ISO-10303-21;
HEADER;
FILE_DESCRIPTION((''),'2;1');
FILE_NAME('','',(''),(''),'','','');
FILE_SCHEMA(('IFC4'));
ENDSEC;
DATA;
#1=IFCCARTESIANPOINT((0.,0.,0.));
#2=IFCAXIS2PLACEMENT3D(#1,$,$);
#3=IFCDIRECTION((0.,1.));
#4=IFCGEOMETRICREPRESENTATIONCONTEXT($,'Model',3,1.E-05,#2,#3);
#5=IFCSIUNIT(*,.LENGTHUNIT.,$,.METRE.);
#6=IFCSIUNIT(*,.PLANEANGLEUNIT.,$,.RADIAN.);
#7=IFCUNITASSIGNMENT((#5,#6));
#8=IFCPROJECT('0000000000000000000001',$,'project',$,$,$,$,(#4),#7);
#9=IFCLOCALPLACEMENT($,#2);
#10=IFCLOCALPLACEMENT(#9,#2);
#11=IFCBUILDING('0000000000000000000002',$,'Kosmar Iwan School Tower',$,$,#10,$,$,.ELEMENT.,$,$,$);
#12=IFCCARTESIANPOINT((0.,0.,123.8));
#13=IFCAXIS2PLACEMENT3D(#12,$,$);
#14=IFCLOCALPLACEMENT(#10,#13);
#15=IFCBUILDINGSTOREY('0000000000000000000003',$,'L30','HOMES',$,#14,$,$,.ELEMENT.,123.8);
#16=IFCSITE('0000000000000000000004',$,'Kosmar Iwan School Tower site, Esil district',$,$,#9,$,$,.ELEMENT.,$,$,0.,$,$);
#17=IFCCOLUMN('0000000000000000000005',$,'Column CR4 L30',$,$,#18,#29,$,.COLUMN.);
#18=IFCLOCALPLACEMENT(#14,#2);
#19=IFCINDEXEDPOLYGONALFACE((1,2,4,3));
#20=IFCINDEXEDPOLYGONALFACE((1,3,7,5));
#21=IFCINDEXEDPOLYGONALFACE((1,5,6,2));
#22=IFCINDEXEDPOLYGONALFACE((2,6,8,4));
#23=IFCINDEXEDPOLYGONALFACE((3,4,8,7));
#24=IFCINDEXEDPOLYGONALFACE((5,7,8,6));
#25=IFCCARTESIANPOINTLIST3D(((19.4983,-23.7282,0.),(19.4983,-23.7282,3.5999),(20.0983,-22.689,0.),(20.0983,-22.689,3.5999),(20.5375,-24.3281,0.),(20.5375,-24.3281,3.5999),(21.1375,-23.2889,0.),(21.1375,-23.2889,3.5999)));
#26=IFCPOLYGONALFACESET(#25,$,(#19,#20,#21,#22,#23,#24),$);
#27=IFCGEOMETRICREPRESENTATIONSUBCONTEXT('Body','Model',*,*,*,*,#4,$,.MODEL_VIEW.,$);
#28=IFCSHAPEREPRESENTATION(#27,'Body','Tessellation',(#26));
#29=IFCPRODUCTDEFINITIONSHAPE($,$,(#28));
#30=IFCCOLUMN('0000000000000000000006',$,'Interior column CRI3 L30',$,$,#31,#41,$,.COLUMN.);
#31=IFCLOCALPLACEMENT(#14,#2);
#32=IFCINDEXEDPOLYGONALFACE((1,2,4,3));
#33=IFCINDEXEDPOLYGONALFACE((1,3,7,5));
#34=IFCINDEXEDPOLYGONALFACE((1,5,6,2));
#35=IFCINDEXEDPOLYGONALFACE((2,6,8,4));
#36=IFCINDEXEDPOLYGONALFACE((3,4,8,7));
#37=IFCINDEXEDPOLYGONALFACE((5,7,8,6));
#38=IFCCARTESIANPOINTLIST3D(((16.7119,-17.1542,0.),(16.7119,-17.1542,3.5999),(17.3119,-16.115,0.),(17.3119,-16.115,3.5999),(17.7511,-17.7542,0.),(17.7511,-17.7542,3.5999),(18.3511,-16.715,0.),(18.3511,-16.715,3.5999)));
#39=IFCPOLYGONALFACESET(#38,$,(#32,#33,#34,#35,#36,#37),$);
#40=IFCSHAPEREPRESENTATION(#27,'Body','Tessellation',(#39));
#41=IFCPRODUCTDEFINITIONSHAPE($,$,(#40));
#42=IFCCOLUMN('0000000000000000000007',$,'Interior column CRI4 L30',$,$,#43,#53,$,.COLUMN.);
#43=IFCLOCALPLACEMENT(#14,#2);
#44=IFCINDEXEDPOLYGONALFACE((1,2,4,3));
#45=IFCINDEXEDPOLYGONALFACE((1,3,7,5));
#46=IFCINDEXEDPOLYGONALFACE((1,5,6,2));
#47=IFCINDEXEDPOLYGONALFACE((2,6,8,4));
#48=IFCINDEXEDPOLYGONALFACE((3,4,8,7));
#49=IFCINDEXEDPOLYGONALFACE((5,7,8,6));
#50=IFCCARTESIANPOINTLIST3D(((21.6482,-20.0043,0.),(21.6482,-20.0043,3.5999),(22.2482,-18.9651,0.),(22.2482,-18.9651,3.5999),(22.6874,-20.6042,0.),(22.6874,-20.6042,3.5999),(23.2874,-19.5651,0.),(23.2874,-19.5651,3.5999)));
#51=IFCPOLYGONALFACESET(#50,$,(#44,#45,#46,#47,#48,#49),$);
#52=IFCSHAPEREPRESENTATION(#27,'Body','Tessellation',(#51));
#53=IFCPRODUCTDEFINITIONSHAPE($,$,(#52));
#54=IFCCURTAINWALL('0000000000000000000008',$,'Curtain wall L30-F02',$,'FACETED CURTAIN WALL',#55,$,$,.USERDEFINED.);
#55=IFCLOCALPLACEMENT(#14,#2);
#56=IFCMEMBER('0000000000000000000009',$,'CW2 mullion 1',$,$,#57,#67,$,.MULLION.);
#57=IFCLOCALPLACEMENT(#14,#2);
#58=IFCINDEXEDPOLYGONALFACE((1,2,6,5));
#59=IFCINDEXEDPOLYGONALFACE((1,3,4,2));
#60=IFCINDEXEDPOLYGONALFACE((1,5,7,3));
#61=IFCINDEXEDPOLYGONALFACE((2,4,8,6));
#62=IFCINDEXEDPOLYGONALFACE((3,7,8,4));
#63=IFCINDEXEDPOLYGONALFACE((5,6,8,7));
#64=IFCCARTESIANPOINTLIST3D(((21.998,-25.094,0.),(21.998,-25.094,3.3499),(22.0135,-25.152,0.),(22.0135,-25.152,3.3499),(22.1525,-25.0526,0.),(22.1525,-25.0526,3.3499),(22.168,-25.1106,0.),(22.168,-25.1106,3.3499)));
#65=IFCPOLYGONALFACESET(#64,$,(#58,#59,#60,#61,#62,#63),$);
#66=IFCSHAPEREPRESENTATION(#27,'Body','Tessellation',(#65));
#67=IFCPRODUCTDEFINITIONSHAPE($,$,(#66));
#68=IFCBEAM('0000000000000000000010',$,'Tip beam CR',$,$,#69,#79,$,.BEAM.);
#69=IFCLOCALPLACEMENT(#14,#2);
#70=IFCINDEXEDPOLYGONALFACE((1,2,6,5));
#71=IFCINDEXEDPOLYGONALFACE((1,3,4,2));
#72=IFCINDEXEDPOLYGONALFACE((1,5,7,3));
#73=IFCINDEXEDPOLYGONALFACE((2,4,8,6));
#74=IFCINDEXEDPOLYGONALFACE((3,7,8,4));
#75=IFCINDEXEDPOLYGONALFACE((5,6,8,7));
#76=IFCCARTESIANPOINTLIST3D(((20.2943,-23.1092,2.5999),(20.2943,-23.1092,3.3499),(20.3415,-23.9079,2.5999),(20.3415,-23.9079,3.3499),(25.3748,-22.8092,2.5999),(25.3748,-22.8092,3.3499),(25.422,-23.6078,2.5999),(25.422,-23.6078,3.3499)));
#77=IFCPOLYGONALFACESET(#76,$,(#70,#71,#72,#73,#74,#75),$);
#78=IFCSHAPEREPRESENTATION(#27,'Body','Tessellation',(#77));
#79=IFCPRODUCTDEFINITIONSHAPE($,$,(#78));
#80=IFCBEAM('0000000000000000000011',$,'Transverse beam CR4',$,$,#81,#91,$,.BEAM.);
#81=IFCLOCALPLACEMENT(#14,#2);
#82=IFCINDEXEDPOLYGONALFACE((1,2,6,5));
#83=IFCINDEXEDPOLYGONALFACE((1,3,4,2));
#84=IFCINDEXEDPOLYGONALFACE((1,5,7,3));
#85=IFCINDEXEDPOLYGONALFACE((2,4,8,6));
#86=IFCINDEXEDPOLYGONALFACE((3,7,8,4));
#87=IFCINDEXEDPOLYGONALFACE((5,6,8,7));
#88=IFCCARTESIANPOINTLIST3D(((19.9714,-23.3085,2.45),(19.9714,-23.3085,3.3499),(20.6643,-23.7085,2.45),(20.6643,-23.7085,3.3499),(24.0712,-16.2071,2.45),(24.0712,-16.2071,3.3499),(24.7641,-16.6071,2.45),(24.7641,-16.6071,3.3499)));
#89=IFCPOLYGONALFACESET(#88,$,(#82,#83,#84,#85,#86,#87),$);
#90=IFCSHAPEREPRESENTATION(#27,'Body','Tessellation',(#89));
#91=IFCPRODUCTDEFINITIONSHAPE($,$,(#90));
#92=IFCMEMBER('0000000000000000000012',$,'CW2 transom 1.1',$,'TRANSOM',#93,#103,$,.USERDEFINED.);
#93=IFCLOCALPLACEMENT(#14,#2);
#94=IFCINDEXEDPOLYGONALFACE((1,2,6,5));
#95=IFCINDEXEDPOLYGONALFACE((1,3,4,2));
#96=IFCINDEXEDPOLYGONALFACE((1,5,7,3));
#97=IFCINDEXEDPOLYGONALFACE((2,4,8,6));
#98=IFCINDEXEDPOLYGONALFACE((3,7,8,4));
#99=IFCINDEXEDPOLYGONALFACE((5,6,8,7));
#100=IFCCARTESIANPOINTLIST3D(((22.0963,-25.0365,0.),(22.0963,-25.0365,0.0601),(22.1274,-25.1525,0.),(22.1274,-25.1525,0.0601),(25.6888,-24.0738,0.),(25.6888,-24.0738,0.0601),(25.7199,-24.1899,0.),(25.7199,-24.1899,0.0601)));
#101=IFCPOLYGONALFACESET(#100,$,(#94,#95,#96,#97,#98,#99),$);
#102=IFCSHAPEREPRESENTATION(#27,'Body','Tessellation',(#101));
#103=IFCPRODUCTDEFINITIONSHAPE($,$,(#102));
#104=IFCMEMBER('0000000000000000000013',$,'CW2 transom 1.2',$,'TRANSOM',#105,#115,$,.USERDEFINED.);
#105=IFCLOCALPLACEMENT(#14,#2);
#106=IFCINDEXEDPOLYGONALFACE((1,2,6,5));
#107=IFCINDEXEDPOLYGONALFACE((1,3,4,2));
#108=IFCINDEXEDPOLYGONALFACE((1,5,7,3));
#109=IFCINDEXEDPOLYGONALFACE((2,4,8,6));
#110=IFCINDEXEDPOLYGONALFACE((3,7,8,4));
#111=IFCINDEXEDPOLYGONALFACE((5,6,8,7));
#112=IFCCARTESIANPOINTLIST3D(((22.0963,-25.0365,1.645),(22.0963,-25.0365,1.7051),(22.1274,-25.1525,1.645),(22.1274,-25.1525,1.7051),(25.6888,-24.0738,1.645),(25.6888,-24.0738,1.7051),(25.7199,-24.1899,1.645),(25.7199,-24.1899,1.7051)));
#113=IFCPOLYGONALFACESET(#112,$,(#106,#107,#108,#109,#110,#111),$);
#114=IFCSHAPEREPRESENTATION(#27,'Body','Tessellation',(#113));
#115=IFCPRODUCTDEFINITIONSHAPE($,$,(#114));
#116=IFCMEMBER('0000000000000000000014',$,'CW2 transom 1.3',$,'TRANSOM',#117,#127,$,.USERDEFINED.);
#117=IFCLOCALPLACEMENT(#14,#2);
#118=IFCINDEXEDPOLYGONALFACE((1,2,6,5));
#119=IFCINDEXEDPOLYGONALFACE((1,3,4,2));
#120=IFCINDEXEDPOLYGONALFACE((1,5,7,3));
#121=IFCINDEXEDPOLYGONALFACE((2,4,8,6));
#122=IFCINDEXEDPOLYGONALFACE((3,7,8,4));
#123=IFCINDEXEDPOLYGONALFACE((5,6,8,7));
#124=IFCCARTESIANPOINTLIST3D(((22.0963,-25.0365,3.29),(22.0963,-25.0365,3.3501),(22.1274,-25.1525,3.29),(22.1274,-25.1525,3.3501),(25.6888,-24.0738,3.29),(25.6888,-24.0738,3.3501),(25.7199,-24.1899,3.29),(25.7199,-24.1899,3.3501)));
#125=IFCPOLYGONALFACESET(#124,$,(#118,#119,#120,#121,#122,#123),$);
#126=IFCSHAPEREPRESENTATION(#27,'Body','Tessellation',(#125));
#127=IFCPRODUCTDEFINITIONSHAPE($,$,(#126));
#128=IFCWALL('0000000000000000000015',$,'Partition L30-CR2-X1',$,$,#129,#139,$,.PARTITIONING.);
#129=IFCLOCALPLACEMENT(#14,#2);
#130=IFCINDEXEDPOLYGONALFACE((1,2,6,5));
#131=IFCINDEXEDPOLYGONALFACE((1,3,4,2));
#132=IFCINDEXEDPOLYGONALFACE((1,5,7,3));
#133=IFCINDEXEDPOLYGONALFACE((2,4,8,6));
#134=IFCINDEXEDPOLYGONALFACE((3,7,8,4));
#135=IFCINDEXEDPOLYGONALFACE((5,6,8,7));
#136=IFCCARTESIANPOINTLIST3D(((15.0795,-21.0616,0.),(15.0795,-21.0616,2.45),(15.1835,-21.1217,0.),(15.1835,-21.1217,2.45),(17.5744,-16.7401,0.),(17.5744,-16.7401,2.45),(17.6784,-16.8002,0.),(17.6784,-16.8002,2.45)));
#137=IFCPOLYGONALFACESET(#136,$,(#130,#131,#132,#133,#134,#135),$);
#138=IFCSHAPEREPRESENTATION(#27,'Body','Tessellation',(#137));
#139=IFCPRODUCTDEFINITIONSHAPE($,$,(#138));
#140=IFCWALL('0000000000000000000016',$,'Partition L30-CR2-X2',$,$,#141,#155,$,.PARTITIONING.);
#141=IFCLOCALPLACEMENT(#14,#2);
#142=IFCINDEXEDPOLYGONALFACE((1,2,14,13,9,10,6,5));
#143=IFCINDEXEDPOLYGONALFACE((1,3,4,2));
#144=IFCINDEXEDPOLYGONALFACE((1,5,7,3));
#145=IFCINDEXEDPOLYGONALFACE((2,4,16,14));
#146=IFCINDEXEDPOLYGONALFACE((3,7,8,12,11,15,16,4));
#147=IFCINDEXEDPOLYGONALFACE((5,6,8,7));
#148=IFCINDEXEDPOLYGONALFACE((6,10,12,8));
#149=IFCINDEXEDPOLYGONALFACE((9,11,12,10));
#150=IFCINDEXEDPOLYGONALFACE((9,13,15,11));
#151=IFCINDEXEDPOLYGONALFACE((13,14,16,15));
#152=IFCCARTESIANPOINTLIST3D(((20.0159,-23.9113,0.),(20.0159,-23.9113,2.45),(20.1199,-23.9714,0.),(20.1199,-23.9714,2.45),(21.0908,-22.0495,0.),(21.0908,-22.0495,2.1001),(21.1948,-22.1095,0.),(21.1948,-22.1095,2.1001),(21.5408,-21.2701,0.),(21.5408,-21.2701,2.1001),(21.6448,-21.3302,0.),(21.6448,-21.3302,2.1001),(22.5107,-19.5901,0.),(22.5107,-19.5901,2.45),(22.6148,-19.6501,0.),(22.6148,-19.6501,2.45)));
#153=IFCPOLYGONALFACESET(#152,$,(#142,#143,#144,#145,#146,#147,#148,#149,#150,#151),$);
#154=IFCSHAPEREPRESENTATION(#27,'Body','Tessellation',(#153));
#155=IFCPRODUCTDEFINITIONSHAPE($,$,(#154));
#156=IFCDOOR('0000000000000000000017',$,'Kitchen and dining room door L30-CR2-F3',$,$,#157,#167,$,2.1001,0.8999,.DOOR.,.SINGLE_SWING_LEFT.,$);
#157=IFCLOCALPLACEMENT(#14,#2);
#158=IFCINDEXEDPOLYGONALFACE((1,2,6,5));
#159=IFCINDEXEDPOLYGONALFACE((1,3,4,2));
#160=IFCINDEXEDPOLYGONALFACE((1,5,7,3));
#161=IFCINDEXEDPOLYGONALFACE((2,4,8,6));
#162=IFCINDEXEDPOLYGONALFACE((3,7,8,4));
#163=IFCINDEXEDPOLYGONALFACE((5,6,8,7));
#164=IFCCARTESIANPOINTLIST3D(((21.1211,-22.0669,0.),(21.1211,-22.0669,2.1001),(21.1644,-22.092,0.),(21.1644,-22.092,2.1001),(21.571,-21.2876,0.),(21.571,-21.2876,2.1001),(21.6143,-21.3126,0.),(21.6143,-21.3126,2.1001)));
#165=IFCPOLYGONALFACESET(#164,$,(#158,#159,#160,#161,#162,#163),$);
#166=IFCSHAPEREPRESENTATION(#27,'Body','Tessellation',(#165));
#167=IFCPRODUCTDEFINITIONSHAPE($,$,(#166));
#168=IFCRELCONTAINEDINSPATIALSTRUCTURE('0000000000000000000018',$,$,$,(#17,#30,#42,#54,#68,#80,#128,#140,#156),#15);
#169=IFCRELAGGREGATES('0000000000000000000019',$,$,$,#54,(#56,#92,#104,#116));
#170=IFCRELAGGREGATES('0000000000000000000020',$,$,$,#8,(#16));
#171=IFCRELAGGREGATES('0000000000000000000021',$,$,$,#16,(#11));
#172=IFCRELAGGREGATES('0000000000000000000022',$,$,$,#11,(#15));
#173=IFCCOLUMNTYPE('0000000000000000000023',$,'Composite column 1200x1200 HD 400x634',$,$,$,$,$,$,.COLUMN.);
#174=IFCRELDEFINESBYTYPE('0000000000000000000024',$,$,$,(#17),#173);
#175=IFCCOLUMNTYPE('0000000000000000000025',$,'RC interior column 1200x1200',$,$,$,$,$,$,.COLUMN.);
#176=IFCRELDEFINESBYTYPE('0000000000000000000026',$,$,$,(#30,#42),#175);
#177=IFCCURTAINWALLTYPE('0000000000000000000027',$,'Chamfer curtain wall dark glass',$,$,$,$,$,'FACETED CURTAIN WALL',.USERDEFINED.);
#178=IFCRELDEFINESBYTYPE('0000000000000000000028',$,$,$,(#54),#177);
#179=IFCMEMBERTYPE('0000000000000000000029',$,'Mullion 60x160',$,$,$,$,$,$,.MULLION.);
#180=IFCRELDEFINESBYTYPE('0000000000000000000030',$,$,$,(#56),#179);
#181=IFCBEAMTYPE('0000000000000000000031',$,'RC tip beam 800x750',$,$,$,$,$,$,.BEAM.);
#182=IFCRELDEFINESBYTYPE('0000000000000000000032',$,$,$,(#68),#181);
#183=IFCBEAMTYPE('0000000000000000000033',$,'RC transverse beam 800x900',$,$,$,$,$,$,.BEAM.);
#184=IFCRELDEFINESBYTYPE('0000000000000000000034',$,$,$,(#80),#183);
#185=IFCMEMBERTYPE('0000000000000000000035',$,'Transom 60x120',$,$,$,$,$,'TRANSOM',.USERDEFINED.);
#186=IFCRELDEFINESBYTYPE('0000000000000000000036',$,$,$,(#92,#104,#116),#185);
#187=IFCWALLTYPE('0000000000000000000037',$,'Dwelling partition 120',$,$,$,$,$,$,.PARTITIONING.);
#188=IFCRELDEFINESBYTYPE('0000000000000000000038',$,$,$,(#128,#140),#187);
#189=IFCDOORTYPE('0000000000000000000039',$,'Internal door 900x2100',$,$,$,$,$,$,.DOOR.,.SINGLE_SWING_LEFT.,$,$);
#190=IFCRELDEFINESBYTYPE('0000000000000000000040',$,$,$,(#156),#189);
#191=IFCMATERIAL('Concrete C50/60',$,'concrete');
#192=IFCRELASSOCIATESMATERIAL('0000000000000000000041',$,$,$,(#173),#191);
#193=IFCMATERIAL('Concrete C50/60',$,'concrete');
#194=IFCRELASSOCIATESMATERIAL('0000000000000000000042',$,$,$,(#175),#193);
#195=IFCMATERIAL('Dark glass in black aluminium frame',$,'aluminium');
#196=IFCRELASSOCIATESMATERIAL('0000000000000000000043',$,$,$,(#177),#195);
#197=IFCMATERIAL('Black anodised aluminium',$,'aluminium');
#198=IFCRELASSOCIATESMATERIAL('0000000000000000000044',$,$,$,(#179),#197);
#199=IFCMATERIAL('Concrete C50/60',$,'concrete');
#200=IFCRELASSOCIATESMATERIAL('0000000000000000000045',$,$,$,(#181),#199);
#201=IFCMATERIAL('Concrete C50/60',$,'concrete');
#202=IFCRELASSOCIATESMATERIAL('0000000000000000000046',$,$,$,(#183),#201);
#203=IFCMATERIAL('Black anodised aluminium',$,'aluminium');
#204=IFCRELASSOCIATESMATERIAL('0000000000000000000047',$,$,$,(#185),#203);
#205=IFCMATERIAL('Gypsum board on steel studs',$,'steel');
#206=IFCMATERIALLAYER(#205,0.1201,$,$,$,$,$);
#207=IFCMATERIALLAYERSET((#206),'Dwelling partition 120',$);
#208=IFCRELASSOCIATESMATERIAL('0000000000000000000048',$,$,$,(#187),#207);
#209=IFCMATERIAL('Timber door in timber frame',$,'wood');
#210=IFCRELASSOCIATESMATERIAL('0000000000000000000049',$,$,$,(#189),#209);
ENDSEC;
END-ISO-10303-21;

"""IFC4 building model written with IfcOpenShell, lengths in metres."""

from ifc_helpers import new_model, si_unit, direction, frame, frame_2d, origin, origin_2d, place, context, subcontext, project, spatial, rectangle, extrude, material, layer, layer_set, material_profile, profile_set, type_object, element, fill, aggregate, save


model = new_model("IFC4")

# Units and contexts
model_context = context("Model", 3, precision=1e-05, world=origin(), true_north=direction((0.0, 1.0)))
body_context = subcontext(model_context, "Body", "Model", "MODEL_VIEW")
ifc_project = project(units=[si_unit("LENGTHUNIT", "METRE"), si_unit("PLANEANGLEUNIT", "RADIAN")], contexts=[model_context])

# Site, building, storey
site_placement = place(None, origin())
site = spatial("IfcSite", under=ifc_project, at=site_placement, Name="Kosmar Iwan School Tower site, Esil district", CompositionType="ELEMENT", RefElevation=0.0)
building_placement = place(site_placement, origin())
building = spatial("IfcBuilding", under=site, at=building_placement, Name="Kosmar Iwan School Tower", CompositionType="ELEMENT")
storey_placement = place(building_placement, frame((0.0, 0.0, 123.8)))
storey = spatial("IfcBuildingStorey", under=building, at=storey_placement, Name="L30", Description="HOMES", CompositionType="ELEMENT", Elevation=123.8)

# Columns
ifc_material_1 = material(Name="Concrete C50/60", Category="concrete")
ifc_material_profile_1 = material_profile(ifc_material_1, rectangle(XDim=1.2, YDim=1.2, at=origin_2d()), Name="RC 1200x1200 + HD 400x634")
ifc_profile_set_1 = profile_set([ifc_material_profile_1], Name="Concrete C50/60")
column_type_1 = type_object("IfcColumnType", Name="Composite column 1200x1200 HD 400x634", PredefinedType="COLUMN", material=ifc_profile_set_1)
column_placement = place(storey_placement, frame((20.3179, -23.5085, 0.0), z_axis=(0.0, 0.0, 1.0), x_axis=(0.866025, -0.5, 0.0)))
element("IfcColumn", 1, at=column_placement, inside=storey, type_object=column_type_1, Name="Column CR4 L30", PredefinedType="COLUMN", context=body_context, shape_type="SweptSolid", body=[
    extrude(rectangle(XDim=1.2, YDim=1.2, at=origin_2d()), origin(), (0.0, 0.0, 1.0), 3.5999),
])
ifc_material_2 = material(Name="Concrete C50/60", Category="concrete")
ifc_material_profile_2 = material_profile(ifc_material_2, rectangle(XDim=1.2, YDim=1.2, at=origin_2d()), Name="RC 1200x1200")
ifc_profile_set_2 = profile_set([ifc_material_profile_2], Name="Concrete C50/60")
column_type_2 = type_object("IfcColumnType", Name="RC interior column 1200x1200", PredefinedType="COLUMN", material=ifc_profile_set_2)
for number, where, z_axis, x_axis, name in (
    (2, (17.5315, -16.9346, 0.0), (0.0, 0.0, 1.0), (0.866025, -0.5, 0.0), "Interior column CRI3 L30"),
    (3, (22.4678, -19.7847, 0.0), (0.0, 0.0, 1.0), (0.866025, -0.5, 0.0), "Interior column CRI4 L30"),
):
    element("IfcColumn", number, at=place(storey_placement, frame(where, z_axis=z_axis, x_axis=x_axis)), inside=storey, type_object=column_type_2, Name=name, PredefinedType="COLUMN", context=body_context, shape_type="SweptSolid", body=[
        extrude(rectangle(XDim=1.2, YDim=1.2, at=origin_2d()), origin(), (0.0, 0.0, 1.0), 3.5999),
    ])

# Curtain wall, member
ifc_material_3 = material(Name="Dark glass in black aluminium frame", Category="aluminium")
curtain_wall_type = type_object("IfcCurtainWallType", Name="Chamfer curtain wall dark glass", ElementType="FACETED CURTAIN WALL", PredefinedType="USERDEFINED", material=ifc_material_3)
curtain_wall_placement = place(storey_placement, origin())
curtain_wall = element("IfcCurtainWall", 4, at=curtain_wall_placement, inside=storey, type_object=curtain_wall_type, Name="Curtain wall L30-F02", ObjectType="FACETED CURTAIN WALL", PredefinedType="USERDEFINED")
ifc_material_4 = material(Name="Black anodised aluminium", Category="aluminium")
ifc_material_profile_3 = material_profile(ifc_material_4, rectangle(XDim=0.0601, YDim=0.1599, at=origin_2d()), Name="MULLION 60x160")
ifc_profile_set_3 = profile_set([ifc_material_profile_3], Name="Black anodised aluminium")
member_type_1 = type_object("IfcMemberType", Name="Mullion 60x160", PredefinedType="MULLION", material=ifc_profile_set_3)
member_1_placement = place(storey_placement, frame((22.083, -25.1023, 0.0), z_axis=(0.0, 0.0, 1.0), x_axis=(-0.258819, 0.965926, 0.0)))
member_1 = element("IfcMember", 5, at=member_1_placement, type_object=member_type_1, Name="CW2 mullion 1", PredefinedType="MULLION", context=body_context, shape_type="SweptSolid", body=[
    extrude(rectangle(XDim=0.0601, YDim=0.1599, at=origin_2d()), origin(), (0.0, 0.0, 1.0), 3.3499),
])

# Beams
ifc_material_5 = material(Name="Concrete C50/60", Category="concrete")
ifc_material_profile_4 = material_profile(ifc_material_5, rectangle(XDim=0.8, YDim=0.75, at=origin_2d()), Name="RC 800x750")
ifc_profile_set_4 = profile_set([ifc_material_profile_4], Name="Concrete C50/60")
beam_type_1 = type_object("IfcBeamType", Name="RC tip beam 800x750", PredefinedType="BEAM", material=ifc_profile_set_4)
beam_1_placement = place(storey_placement, frame((20.3179, -23.5085, 2.9749), z_axis=(0.998261, 0.058955, 0.0), x_axis=(-0.058955, 0.998261, 0.0)))
element("IfcBeam", 6, at=beam_1_placement, inside=storey, type_object=beam_type_1, Name="Tip beam CR", PredefinedType="BEAM", context=body_context, shape_type="SweptSolid", body=[
    extrude(rectangle(XDim=0.8, YDim=0.75, at=origin_2d()), origin(), (0.0, 0.0, 1.0), 5.0894),
])
ifc_material_6 = material(Name="Concrete C50/60", Category="concrete")
ifc_material_profile_5 = material_profile(ifc_material_6, rectangle(XDim=0.8, YDim=0.8999, at=origin_2d()), Name="RC 800x900")
ifc_profile_set_5 = profile_set([ifc_material_profile_5], Name="Concrete C50/60")
beam_type_2 = type_object("IfcBeamType", Name="RC transverse beam 800x900", PredefinedType="BEAM", material=ifc_profile_set_5)
beam_2_placement = place(storey_placement, frame((20.3179, -23.5085, 2.8999), z_axis=(0.499978, 0.866038, 0.0), x_axis=(-0.866038, 0.499978, 0.0)))
element("IfcBeam", 7, at=beam_2_placement, inside=storey, type_object=beam_type_2, Name="Transverse beam CR4", PredefinedType="BEAM", context=body_context, shape_type="SweptSolid", body=[
    extrude(rectangle(XDim=0.8, YDim=0.8999, at=origin_2d()), origin(), (0.0, 0.0, 1.0), 8.2),
])

# Members
ifc_material_7 = material(Name="Black anodised aluminium", Category="aluminium")
ifc_material_profile_6 = material_profile(ifc_material_7, rectangle(XDim=0.1201, YDim=0.0601, at=origin_2d()), Name="TRANSOM 60x120")
ifc_profile_set_6 = profile_set([ifc_material_profile_6], Name="Black anodised aluminium")
member_type_2 = type_object("IfcMemberType", Name="Transom 60x120", ElementType="TRANSOM", PredefinedType="USERDEFINED", material=ifc_profile_set_6)
member_2_placement = place(storey_placement, frame((22.1118, -25.0945, 0.03), z_axis=(0.965924, 0.258827, 0.0), x_axis=(-0.258827, 0.965924, 0.0)))
member_2 = element("IfcMember", 8, at=member_2_placement, type_object=member_type_2, Name="CW2 transom 1.1", ObjectType="TRANSOM", PredefinedType="USERDEFINED", context=body_context, shape_type="SweptSolid", body=[
    extrude(rectangle(XDim=0.1201, YDim=0.0601, at=origin_2d()), origin(), (0.0, 0.0, 1.0), 3.7192),
])
member_3_placement = place(storey_placement, frame((22.1118, -25.0945, 1.675), z_axis=(0.965924, 0.258827, 0.0), x_axis=(-0.258827, 0.965924, 0.0)))
member_3 = element("IfcMember", 9, at=member_3_placement, type_object=member_type_2, Name="CW2 transom 1.2", ObjectType="TRANSOM", PredefinedType="USERDEFINED", context=body_context, shape_type="SweptSolid", body=[
    extrude(rectangle(XDim=0.1201, YDim=0.0601, at=origin_2d()), origin(), (0.0, 0.0, 1.0), 3.7192),
])
member_4_placement = place(storey_placement, frame((22.1118, -25.0945, 3.3201), z_axis=(0.965924, 0.258827, 0.0), x_axis=(-0.258827, 0.965924, 0.0)))
member_4 = element("IfcMember", 10, at=member_4_placement, type_object=member_type_2, Name="CW2 transom 1.3", ObjectType="TRANSOM", PredefinedType="USERDEFINED", context=body_context, shape_type="SweptSolid", body=[
    extrude(rectangle(XDim=0.1201, YDim=0.0601, at=origin_2d()), origin(), (0.0, 0.0, 1.0), 3.7192),
])
aggregate(curtain_wall, [member_1, member_2, member_3, member_4])

# Wall
ifc_material_8 = material(Name="Gypsum board on steel studs", Category="steel")
ifc_layer = layer(ifc_material_8, 0.1201)
ifc_layer_set = layer_set([ifc_layer], Name="Dwelling partition 120")
wall_type = type_object("IfcWallType", Name="Dwelling partition 120", PredefinedType="PARTITIONING", material=ifc_layer_set)
wall_1_placement = place(storey_placement, frame((17.6265, -16.77, 0.0), z_axis=(0.0, 0.0, 1.0), x_axis=(-0.499975, -0.86604, 0.0)))
element("IfcWall", 11, at=wall_1_placement, inside=storey, type_object=wall_type, Name="Partition L30-CR2-X1", PredefinedType="PARTITIONING", context=body_context, shape_type="SweptSolid", body=[
    extrude(rectangle(XDim=4.99, YDim=0.1201, at=frame_2d((2.4951, 0.0))), origin(), (0.0, 0.0, 1.0), 2.45),
])

# Wall, opening, door
wall_2_placement = place(storey_placement, frame((22.5627, -19.6201, 0.0), z_axis=(0.0, 0.0, 1.0), x_axis=(-0.499996, -0.866028, 0.0)))
wall_2 = element("IfcWall", 12, at=wall_2_placement, inside=storey, type_object=wall_type, Name="Partition L30-CR2-X2", PredefinedType="PARTITIONING", context=body_context, shape_type="SweptSolid", body=[
    extrude(rectangle(XDim=4.9897, YDim=0.1201, at=frame_2d((2.4949, 0.0))), origin(), (0.0, 0.0, 1.0), 2.45),
])
opening_placement = place(wall_2_placement, frame((1.9399, 0.0, 0.0)))
opening = element("IfcOpeningElement", 13, at=opening_placement, cuts=wall_2, PredefinedType="OPENING", context=body_context, shape_type="SweptSolid", body=[
    extrude(rectangle(XDim=0.8999, YDim=2.1001, at=frame_2d((0.45, 1.05))), frame((0.0, 0.072, 0.0), z_axis=(0.0, -1.0, 0.0), x_axis=(1.0, 0.0, 0.0)), (0.0, 0.0, 1.0), 0.144),
])
ifc_material_9 = material(Name="Timber door in timber frame", Category="wood")
door_type = type_object("IfcDoorType", Name="Internal door 900x2100", OperationType="SINGLE_SWING_LEFT", PredefinedType="DOOR", material=ifc_material_9)
door_placement = place(opening_placement, origin())
door = element("IfcDoor", 14, at=door_placement, inside=storey, type_object=door_type, Name="Kitchen and dining room door L30-CR2-F3", OperationType="SINGLE_SWING_LEFT", OverallHeight=2.1001, OverallWidth=0.8999, PredefinedType="DOOR", context=body_context, shape_type="SweptSolid", body=[
    extrude(rectangle(XDim=0.8999, YDim=2.1001, at=frame_2d((0.45, 1.05))), frame((0.0, 0.0249, 0.0), z_axis=(0.0, -1.0, 0.0), x_axis=(1.0, 0.0, 0.0)), (0.0, 0.0, 1.0), 0.05),
])
fill(opening, door)

save(model, "model.ifc")
